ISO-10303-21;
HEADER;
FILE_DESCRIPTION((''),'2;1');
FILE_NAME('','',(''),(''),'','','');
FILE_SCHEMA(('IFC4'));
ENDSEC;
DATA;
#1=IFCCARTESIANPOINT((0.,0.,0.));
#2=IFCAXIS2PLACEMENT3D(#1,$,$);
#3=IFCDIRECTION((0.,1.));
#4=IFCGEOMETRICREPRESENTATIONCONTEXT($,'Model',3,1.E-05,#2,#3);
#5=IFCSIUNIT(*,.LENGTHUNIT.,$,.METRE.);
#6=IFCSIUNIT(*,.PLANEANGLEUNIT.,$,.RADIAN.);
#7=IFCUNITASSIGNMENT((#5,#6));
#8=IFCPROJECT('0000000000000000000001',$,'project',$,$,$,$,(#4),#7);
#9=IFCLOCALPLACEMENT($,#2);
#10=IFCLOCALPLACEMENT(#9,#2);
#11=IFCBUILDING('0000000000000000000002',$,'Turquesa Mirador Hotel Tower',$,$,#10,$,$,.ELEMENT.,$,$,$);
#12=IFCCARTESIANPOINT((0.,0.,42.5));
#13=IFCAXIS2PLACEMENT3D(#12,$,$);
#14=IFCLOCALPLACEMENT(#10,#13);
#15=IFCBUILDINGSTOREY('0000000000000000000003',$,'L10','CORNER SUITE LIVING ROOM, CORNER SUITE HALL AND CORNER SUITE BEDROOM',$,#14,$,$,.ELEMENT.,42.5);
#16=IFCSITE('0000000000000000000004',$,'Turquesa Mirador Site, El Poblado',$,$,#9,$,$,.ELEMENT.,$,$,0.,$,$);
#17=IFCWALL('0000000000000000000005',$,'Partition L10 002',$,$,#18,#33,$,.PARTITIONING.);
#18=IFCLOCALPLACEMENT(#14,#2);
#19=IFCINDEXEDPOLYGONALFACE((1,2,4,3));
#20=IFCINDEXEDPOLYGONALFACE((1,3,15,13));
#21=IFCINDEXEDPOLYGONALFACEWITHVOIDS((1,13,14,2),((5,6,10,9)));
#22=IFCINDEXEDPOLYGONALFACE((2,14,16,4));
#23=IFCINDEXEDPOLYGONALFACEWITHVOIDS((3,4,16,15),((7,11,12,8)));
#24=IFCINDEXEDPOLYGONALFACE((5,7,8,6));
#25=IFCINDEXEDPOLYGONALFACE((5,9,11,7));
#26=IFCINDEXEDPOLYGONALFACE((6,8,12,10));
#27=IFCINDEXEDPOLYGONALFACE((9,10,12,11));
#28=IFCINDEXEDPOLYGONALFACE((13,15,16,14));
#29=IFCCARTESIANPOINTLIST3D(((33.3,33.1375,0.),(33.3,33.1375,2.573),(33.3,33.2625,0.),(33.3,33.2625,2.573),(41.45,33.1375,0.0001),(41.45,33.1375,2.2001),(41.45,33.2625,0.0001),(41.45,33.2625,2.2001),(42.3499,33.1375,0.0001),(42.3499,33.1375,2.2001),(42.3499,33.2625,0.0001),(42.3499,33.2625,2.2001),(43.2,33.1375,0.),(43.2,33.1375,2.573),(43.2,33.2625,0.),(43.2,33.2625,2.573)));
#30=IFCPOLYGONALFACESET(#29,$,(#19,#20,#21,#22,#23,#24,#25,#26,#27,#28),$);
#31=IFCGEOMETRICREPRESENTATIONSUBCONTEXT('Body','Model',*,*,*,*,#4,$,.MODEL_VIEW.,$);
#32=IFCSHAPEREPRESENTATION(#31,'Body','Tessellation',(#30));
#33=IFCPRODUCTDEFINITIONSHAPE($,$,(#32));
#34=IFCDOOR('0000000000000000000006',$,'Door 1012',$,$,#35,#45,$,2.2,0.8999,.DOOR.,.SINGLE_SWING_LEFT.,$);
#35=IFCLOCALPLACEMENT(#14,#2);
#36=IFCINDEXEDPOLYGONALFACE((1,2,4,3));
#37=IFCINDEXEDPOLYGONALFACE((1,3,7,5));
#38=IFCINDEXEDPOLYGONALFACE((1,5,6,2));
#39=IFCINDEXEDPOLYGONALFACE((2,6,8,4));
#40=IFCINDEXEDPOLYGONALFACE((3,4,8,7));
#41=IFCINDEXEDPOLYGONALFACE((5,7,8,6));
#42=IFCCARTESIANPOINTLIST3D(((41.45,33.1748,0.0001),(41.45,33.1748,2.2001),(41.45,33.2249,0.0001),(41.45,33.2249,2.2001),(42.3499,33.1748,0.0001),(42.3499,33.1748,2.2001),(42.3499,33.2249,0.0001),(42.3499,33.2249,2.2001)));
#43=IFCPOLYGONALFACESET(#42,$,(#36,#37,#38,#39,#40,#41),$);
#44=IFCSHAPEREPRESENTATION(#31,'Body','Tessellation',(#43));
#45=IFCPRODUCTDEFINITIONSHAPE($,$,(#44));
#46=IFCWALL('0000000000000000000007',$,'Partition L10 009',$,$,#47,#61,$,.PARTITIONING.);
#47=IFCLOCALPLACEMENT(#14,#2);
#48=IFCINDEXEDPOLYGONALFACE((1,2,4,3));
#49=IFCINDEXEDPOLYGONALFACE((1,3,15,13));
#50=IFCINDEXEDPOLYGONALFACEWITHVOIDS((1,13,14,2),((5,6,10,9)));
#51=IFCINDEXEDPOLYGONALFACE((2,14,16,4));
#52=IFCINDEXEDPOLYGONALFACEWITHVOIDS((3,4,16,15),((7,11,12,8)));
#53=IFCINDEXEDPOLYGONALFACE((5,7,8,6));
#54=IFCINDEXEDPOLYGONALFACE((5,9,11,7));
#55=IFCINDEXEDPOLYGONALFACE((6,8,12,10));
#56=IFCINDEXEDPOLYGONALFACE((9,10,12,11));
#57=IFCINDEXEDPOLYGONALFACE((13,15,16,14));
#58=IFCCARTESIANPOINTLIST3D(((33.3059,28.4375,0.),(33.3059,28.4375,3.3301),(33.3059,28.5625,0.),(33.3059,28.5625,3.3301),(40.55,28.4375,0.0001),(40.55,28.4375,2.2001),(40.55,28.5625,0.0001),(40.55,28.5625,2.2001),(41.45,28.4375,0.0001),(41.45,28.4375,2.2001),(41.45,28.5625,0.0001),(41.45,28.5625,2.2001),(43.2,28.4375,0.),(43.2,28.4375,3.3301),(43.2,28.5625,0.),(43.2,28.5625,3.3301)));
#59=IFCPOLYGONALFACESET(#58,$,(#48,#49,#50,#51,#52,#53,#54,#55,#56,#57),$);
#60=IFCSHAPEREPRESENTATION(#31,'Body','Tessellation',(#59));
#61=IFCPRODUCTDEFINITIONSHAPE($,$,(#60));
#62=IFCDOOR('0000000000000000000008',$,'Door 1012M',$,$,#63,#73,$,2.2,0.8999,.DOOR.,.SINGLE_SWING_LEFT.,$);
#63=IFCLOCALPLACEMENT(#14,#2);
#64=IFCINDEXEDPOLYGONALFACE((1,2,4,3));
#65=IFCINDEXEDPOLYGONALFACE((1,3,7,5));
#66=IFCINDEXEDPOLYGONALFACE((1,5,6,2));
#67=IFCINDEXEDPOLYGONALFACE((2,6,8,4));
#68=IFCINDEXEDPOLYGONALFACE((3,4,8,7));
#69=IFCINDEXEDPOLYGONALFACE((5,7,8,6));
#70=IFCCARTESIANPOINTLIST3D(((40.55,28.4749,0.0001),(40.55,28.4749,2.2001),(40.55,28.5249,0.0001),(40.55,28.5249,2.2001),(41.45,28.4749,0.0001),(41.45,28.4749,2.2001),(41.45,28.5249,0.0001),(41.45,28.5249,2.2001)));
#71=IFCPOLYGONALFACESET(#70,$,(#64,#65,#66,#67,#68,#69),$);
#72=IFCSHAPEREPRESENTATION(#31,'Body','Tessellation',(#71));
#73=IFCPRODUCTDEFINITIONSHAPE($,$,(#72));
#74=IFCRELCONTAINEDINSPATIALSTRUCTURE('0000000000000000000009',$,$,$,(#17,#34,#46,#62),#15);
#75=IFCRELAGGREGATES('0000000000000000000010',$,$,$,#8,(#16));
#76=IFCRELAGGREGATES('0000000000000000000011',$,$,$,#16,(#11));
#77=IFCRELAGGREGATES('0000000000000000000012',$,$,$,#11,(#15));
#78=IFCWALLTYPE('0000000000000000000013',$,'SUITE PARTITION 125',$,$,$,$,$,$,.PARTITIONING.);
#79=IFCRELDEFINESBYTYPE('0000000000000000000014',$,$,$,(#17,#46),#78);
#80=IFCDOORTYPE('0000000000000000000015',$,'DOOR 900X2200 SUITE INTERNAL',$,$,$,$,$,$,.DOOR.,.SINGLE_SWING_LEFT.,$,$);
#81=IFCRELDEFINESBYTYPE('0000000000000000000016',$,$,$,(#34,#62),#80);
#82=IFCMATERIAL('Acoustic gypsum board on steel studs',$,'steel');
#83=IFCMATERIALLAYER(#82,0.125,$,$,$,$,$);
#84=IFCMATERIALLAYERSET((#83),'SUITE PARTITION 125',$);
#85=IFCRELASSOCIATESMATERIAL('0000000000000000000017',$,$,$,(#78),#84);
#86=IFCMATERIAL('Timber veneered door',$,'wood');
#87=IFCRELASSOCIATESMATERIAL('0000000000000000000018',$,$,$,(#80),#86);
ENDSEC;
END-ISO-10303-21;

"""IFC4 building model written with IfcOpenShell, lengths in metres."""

from ifc_helpers import new_model, si_unit, direction, frame, frame_2d, origin, place, context, subcontext, project, spatial, rectangle, extrude, material, layer, layer_set, type_object, element, fill, save


model = new_model("IFC4")

# Units and contexts
model_context = context("Model", 3, precision=1e-05, world=origin(), true_north=direction((0.0, 1.0)))
body_context = subcontext(model_context, "Body", "Model", "MODEL_VIEW")
ifc_project = project(units=[si_unit("LENGTHUNIT", "METRE"), si_unit("PLANEANGLEUNIT", "RADIAN")], contexts=[model_context])

# Site, building, storey
site_placement = place(None, origin())
site = spatial("IfcSite", under=ifc_project, at=site_placement, Name="Turquesa Mirador Site, El Poblado", CompositionType="ELEMENT", RefElevation=0.0)
building_placement = place(site_placement, origin())
building = spatial("IfcBuilding", under=site, at=building_placement, Name="Turquesa Mirador Hotel Tower", CompositionType="ELEMENT")
storey_placement = place(building_placement, frame((0.0, 0.0, 42.5)))
storey = spatial("IfcBuildingStorey", under=building, at=storey_placement, Name="L10", Description="CORNER SUITE LIVING ROOM, CORNER SUITE HALL AND CORNER SUITE BEDROOM", CompositionType="ELEMENT", Elevation=42.5)

# Walls, openings, doors
ifc_material_1 = material(Name="Acoustic gypsum board on steel studs", Category="steel")
ifc_layer_1 = layer(ifc_material_1, 0.125)
ifc_layer_set_1 = layer_set([ifc_layer_1], Name="SUITE PARTITION 125")
wall_type_1 = type_object("IfcWallType", Name="SUITE PARTITION 125", PredefinedType="PARTITIONING", material=ifc_layer_set_1)
wall_1_placement = place(storey_placement, frame((33.3, 33.2, 0.0), z_axis=(0.0, 0.0, 1.0), x_axis=(1.0, 0.0, 0.0)))
wall_1 = element("IfcWall", 1, at=wall_1_placement, inside=storey, type_object=wall_type_1, Name="Partition L10 002", PredefinedType="PARTITIONING", context=body_context, shape_type="SweptSolid", body=[
    extrude(rectangle(XDim=9.8999, YDim=0.125, at=frame_2d((4.95, 0.0))), origin(), (0.0, 0.0, 1.0), 2.573),
])
opening_1_placement = place(wall_1_placement, frame((8.1499, 0.0, 0.0)))
opening_1 = element("IfcOpeningElement", 2, at=opening_1_placement, cuts=wall_1, PredefinedType="OPENING", context=body_context, shape_type="SweptSolid", body=[
    extrude(rectangle(XDim=0.8999, YDim=2.2, at=frame_2d((0.45, 1.1001))), frame((0.0, 0.0725, 0.0), z_axis=(0.0, -1.0, 0.0), x_axis=(1.0, 0.0, 0.0)), (0.0, 0.0, 1.0), 0.145),
])
ifc_material_2 = material(Name="Timber veneered door", Category="wood")
door_type = type_object("IfcDoorType", Name="DOOR 900X2200 SUITE INTERNAL", OperationType="SINGLE_SWING_LEFT", PredefinedType="DOOR", material=ifc_material_2)
door_1_placement = place(opening_1_placement, origin())
door_1 = element("IfcDoor", 3, at=door_1_placement, inside=storey, type_object=door_type, Name="Door 1012", OperationType="SINGLE_SWING_LEFT", OverallHeight=2.2, OverallWidth=0.8999, PredefinedType="DOOR", context=body_context, shape_type="SweptSolid", body=[
    extrude(rectangle(XDim=0.8999, YDim=2.2, at=frame_2d((0.45, 1.1001))), frame((0.0, 0.0249, 0.0), z_axis=(0.0, -1.0, 0.0), x_axis=(1.0, 0.0, 0.0)), (0.0, 0.0, 1.0), 0.05),
])
fill(opening_1, door_1)
wall_2_placement = place(storey_placement, frame((33.3059, 28.5, 0.0), z_axis=(0.0, 0.0, 1.0), x_axis=(1.0, 0.0, 0.0)))
wall_2 = element("IfcWall", 4, at=wall_2_placement, inside=storey, type_object=wall_type_1, Name="Partition L10 009", PredefinedType="PARTITIONING", context=body_context, shape_type="SweptSolid", body=[
    extrude(rectangle(XDim=9.894, YDim=0.125, at=frame_2d((4.947, 0.0))), origin(), (0.0, 0.0, 1.0), 3.3301),
])
opening_2_placement = place(wall_2_placement, frame((7.2441, 0.0, 0.0)))
opening_2 = element("IfcOpeningElement", 5, at=opening_2_placement, cuts=wall_2, PredefinedType="OPENING", context=body_context, shape_type="SweptSolid", body=[
    extrude(rectangle(XDim=0.8999, YDim=2.2, at=frame_2d((0.45, 1.1001))), frame((0.0, 0.0725, 0.0), z_axis=(0.0, -1.0, 0.0), x_axis=(1.0, 0.0, 0.0)), (0.0, 0.0, 1.0), 0.145),
])
door_2_placement = place(opening_2_placement, origin())
door_2 = element("IfcDoor", 6, at=door_2_placement, inside=storey, type_object=door_type, Name="Door 1012M", OperationType="SINGLE_SWING_LEFT", OverallHeight=2.2, OverallWidth=0.8999, PredefinedType="DOOR", context=body_context, shape_type="SweptSolid", body=[
    extrude(rectangle(XDim=0.8999, YDim=2.2, at=frame_2d((0.45, 1.1001))), frame((0.0, 0.0249, 0.0), z_axis=(0.0, -1.0, 0.0), x_axis=(1.0, 0.0, 0.0)), (0.0, 0.0, 1.0), 0.05),
])
fill(opening_2, door_2)

save(model, "model.ifc")
